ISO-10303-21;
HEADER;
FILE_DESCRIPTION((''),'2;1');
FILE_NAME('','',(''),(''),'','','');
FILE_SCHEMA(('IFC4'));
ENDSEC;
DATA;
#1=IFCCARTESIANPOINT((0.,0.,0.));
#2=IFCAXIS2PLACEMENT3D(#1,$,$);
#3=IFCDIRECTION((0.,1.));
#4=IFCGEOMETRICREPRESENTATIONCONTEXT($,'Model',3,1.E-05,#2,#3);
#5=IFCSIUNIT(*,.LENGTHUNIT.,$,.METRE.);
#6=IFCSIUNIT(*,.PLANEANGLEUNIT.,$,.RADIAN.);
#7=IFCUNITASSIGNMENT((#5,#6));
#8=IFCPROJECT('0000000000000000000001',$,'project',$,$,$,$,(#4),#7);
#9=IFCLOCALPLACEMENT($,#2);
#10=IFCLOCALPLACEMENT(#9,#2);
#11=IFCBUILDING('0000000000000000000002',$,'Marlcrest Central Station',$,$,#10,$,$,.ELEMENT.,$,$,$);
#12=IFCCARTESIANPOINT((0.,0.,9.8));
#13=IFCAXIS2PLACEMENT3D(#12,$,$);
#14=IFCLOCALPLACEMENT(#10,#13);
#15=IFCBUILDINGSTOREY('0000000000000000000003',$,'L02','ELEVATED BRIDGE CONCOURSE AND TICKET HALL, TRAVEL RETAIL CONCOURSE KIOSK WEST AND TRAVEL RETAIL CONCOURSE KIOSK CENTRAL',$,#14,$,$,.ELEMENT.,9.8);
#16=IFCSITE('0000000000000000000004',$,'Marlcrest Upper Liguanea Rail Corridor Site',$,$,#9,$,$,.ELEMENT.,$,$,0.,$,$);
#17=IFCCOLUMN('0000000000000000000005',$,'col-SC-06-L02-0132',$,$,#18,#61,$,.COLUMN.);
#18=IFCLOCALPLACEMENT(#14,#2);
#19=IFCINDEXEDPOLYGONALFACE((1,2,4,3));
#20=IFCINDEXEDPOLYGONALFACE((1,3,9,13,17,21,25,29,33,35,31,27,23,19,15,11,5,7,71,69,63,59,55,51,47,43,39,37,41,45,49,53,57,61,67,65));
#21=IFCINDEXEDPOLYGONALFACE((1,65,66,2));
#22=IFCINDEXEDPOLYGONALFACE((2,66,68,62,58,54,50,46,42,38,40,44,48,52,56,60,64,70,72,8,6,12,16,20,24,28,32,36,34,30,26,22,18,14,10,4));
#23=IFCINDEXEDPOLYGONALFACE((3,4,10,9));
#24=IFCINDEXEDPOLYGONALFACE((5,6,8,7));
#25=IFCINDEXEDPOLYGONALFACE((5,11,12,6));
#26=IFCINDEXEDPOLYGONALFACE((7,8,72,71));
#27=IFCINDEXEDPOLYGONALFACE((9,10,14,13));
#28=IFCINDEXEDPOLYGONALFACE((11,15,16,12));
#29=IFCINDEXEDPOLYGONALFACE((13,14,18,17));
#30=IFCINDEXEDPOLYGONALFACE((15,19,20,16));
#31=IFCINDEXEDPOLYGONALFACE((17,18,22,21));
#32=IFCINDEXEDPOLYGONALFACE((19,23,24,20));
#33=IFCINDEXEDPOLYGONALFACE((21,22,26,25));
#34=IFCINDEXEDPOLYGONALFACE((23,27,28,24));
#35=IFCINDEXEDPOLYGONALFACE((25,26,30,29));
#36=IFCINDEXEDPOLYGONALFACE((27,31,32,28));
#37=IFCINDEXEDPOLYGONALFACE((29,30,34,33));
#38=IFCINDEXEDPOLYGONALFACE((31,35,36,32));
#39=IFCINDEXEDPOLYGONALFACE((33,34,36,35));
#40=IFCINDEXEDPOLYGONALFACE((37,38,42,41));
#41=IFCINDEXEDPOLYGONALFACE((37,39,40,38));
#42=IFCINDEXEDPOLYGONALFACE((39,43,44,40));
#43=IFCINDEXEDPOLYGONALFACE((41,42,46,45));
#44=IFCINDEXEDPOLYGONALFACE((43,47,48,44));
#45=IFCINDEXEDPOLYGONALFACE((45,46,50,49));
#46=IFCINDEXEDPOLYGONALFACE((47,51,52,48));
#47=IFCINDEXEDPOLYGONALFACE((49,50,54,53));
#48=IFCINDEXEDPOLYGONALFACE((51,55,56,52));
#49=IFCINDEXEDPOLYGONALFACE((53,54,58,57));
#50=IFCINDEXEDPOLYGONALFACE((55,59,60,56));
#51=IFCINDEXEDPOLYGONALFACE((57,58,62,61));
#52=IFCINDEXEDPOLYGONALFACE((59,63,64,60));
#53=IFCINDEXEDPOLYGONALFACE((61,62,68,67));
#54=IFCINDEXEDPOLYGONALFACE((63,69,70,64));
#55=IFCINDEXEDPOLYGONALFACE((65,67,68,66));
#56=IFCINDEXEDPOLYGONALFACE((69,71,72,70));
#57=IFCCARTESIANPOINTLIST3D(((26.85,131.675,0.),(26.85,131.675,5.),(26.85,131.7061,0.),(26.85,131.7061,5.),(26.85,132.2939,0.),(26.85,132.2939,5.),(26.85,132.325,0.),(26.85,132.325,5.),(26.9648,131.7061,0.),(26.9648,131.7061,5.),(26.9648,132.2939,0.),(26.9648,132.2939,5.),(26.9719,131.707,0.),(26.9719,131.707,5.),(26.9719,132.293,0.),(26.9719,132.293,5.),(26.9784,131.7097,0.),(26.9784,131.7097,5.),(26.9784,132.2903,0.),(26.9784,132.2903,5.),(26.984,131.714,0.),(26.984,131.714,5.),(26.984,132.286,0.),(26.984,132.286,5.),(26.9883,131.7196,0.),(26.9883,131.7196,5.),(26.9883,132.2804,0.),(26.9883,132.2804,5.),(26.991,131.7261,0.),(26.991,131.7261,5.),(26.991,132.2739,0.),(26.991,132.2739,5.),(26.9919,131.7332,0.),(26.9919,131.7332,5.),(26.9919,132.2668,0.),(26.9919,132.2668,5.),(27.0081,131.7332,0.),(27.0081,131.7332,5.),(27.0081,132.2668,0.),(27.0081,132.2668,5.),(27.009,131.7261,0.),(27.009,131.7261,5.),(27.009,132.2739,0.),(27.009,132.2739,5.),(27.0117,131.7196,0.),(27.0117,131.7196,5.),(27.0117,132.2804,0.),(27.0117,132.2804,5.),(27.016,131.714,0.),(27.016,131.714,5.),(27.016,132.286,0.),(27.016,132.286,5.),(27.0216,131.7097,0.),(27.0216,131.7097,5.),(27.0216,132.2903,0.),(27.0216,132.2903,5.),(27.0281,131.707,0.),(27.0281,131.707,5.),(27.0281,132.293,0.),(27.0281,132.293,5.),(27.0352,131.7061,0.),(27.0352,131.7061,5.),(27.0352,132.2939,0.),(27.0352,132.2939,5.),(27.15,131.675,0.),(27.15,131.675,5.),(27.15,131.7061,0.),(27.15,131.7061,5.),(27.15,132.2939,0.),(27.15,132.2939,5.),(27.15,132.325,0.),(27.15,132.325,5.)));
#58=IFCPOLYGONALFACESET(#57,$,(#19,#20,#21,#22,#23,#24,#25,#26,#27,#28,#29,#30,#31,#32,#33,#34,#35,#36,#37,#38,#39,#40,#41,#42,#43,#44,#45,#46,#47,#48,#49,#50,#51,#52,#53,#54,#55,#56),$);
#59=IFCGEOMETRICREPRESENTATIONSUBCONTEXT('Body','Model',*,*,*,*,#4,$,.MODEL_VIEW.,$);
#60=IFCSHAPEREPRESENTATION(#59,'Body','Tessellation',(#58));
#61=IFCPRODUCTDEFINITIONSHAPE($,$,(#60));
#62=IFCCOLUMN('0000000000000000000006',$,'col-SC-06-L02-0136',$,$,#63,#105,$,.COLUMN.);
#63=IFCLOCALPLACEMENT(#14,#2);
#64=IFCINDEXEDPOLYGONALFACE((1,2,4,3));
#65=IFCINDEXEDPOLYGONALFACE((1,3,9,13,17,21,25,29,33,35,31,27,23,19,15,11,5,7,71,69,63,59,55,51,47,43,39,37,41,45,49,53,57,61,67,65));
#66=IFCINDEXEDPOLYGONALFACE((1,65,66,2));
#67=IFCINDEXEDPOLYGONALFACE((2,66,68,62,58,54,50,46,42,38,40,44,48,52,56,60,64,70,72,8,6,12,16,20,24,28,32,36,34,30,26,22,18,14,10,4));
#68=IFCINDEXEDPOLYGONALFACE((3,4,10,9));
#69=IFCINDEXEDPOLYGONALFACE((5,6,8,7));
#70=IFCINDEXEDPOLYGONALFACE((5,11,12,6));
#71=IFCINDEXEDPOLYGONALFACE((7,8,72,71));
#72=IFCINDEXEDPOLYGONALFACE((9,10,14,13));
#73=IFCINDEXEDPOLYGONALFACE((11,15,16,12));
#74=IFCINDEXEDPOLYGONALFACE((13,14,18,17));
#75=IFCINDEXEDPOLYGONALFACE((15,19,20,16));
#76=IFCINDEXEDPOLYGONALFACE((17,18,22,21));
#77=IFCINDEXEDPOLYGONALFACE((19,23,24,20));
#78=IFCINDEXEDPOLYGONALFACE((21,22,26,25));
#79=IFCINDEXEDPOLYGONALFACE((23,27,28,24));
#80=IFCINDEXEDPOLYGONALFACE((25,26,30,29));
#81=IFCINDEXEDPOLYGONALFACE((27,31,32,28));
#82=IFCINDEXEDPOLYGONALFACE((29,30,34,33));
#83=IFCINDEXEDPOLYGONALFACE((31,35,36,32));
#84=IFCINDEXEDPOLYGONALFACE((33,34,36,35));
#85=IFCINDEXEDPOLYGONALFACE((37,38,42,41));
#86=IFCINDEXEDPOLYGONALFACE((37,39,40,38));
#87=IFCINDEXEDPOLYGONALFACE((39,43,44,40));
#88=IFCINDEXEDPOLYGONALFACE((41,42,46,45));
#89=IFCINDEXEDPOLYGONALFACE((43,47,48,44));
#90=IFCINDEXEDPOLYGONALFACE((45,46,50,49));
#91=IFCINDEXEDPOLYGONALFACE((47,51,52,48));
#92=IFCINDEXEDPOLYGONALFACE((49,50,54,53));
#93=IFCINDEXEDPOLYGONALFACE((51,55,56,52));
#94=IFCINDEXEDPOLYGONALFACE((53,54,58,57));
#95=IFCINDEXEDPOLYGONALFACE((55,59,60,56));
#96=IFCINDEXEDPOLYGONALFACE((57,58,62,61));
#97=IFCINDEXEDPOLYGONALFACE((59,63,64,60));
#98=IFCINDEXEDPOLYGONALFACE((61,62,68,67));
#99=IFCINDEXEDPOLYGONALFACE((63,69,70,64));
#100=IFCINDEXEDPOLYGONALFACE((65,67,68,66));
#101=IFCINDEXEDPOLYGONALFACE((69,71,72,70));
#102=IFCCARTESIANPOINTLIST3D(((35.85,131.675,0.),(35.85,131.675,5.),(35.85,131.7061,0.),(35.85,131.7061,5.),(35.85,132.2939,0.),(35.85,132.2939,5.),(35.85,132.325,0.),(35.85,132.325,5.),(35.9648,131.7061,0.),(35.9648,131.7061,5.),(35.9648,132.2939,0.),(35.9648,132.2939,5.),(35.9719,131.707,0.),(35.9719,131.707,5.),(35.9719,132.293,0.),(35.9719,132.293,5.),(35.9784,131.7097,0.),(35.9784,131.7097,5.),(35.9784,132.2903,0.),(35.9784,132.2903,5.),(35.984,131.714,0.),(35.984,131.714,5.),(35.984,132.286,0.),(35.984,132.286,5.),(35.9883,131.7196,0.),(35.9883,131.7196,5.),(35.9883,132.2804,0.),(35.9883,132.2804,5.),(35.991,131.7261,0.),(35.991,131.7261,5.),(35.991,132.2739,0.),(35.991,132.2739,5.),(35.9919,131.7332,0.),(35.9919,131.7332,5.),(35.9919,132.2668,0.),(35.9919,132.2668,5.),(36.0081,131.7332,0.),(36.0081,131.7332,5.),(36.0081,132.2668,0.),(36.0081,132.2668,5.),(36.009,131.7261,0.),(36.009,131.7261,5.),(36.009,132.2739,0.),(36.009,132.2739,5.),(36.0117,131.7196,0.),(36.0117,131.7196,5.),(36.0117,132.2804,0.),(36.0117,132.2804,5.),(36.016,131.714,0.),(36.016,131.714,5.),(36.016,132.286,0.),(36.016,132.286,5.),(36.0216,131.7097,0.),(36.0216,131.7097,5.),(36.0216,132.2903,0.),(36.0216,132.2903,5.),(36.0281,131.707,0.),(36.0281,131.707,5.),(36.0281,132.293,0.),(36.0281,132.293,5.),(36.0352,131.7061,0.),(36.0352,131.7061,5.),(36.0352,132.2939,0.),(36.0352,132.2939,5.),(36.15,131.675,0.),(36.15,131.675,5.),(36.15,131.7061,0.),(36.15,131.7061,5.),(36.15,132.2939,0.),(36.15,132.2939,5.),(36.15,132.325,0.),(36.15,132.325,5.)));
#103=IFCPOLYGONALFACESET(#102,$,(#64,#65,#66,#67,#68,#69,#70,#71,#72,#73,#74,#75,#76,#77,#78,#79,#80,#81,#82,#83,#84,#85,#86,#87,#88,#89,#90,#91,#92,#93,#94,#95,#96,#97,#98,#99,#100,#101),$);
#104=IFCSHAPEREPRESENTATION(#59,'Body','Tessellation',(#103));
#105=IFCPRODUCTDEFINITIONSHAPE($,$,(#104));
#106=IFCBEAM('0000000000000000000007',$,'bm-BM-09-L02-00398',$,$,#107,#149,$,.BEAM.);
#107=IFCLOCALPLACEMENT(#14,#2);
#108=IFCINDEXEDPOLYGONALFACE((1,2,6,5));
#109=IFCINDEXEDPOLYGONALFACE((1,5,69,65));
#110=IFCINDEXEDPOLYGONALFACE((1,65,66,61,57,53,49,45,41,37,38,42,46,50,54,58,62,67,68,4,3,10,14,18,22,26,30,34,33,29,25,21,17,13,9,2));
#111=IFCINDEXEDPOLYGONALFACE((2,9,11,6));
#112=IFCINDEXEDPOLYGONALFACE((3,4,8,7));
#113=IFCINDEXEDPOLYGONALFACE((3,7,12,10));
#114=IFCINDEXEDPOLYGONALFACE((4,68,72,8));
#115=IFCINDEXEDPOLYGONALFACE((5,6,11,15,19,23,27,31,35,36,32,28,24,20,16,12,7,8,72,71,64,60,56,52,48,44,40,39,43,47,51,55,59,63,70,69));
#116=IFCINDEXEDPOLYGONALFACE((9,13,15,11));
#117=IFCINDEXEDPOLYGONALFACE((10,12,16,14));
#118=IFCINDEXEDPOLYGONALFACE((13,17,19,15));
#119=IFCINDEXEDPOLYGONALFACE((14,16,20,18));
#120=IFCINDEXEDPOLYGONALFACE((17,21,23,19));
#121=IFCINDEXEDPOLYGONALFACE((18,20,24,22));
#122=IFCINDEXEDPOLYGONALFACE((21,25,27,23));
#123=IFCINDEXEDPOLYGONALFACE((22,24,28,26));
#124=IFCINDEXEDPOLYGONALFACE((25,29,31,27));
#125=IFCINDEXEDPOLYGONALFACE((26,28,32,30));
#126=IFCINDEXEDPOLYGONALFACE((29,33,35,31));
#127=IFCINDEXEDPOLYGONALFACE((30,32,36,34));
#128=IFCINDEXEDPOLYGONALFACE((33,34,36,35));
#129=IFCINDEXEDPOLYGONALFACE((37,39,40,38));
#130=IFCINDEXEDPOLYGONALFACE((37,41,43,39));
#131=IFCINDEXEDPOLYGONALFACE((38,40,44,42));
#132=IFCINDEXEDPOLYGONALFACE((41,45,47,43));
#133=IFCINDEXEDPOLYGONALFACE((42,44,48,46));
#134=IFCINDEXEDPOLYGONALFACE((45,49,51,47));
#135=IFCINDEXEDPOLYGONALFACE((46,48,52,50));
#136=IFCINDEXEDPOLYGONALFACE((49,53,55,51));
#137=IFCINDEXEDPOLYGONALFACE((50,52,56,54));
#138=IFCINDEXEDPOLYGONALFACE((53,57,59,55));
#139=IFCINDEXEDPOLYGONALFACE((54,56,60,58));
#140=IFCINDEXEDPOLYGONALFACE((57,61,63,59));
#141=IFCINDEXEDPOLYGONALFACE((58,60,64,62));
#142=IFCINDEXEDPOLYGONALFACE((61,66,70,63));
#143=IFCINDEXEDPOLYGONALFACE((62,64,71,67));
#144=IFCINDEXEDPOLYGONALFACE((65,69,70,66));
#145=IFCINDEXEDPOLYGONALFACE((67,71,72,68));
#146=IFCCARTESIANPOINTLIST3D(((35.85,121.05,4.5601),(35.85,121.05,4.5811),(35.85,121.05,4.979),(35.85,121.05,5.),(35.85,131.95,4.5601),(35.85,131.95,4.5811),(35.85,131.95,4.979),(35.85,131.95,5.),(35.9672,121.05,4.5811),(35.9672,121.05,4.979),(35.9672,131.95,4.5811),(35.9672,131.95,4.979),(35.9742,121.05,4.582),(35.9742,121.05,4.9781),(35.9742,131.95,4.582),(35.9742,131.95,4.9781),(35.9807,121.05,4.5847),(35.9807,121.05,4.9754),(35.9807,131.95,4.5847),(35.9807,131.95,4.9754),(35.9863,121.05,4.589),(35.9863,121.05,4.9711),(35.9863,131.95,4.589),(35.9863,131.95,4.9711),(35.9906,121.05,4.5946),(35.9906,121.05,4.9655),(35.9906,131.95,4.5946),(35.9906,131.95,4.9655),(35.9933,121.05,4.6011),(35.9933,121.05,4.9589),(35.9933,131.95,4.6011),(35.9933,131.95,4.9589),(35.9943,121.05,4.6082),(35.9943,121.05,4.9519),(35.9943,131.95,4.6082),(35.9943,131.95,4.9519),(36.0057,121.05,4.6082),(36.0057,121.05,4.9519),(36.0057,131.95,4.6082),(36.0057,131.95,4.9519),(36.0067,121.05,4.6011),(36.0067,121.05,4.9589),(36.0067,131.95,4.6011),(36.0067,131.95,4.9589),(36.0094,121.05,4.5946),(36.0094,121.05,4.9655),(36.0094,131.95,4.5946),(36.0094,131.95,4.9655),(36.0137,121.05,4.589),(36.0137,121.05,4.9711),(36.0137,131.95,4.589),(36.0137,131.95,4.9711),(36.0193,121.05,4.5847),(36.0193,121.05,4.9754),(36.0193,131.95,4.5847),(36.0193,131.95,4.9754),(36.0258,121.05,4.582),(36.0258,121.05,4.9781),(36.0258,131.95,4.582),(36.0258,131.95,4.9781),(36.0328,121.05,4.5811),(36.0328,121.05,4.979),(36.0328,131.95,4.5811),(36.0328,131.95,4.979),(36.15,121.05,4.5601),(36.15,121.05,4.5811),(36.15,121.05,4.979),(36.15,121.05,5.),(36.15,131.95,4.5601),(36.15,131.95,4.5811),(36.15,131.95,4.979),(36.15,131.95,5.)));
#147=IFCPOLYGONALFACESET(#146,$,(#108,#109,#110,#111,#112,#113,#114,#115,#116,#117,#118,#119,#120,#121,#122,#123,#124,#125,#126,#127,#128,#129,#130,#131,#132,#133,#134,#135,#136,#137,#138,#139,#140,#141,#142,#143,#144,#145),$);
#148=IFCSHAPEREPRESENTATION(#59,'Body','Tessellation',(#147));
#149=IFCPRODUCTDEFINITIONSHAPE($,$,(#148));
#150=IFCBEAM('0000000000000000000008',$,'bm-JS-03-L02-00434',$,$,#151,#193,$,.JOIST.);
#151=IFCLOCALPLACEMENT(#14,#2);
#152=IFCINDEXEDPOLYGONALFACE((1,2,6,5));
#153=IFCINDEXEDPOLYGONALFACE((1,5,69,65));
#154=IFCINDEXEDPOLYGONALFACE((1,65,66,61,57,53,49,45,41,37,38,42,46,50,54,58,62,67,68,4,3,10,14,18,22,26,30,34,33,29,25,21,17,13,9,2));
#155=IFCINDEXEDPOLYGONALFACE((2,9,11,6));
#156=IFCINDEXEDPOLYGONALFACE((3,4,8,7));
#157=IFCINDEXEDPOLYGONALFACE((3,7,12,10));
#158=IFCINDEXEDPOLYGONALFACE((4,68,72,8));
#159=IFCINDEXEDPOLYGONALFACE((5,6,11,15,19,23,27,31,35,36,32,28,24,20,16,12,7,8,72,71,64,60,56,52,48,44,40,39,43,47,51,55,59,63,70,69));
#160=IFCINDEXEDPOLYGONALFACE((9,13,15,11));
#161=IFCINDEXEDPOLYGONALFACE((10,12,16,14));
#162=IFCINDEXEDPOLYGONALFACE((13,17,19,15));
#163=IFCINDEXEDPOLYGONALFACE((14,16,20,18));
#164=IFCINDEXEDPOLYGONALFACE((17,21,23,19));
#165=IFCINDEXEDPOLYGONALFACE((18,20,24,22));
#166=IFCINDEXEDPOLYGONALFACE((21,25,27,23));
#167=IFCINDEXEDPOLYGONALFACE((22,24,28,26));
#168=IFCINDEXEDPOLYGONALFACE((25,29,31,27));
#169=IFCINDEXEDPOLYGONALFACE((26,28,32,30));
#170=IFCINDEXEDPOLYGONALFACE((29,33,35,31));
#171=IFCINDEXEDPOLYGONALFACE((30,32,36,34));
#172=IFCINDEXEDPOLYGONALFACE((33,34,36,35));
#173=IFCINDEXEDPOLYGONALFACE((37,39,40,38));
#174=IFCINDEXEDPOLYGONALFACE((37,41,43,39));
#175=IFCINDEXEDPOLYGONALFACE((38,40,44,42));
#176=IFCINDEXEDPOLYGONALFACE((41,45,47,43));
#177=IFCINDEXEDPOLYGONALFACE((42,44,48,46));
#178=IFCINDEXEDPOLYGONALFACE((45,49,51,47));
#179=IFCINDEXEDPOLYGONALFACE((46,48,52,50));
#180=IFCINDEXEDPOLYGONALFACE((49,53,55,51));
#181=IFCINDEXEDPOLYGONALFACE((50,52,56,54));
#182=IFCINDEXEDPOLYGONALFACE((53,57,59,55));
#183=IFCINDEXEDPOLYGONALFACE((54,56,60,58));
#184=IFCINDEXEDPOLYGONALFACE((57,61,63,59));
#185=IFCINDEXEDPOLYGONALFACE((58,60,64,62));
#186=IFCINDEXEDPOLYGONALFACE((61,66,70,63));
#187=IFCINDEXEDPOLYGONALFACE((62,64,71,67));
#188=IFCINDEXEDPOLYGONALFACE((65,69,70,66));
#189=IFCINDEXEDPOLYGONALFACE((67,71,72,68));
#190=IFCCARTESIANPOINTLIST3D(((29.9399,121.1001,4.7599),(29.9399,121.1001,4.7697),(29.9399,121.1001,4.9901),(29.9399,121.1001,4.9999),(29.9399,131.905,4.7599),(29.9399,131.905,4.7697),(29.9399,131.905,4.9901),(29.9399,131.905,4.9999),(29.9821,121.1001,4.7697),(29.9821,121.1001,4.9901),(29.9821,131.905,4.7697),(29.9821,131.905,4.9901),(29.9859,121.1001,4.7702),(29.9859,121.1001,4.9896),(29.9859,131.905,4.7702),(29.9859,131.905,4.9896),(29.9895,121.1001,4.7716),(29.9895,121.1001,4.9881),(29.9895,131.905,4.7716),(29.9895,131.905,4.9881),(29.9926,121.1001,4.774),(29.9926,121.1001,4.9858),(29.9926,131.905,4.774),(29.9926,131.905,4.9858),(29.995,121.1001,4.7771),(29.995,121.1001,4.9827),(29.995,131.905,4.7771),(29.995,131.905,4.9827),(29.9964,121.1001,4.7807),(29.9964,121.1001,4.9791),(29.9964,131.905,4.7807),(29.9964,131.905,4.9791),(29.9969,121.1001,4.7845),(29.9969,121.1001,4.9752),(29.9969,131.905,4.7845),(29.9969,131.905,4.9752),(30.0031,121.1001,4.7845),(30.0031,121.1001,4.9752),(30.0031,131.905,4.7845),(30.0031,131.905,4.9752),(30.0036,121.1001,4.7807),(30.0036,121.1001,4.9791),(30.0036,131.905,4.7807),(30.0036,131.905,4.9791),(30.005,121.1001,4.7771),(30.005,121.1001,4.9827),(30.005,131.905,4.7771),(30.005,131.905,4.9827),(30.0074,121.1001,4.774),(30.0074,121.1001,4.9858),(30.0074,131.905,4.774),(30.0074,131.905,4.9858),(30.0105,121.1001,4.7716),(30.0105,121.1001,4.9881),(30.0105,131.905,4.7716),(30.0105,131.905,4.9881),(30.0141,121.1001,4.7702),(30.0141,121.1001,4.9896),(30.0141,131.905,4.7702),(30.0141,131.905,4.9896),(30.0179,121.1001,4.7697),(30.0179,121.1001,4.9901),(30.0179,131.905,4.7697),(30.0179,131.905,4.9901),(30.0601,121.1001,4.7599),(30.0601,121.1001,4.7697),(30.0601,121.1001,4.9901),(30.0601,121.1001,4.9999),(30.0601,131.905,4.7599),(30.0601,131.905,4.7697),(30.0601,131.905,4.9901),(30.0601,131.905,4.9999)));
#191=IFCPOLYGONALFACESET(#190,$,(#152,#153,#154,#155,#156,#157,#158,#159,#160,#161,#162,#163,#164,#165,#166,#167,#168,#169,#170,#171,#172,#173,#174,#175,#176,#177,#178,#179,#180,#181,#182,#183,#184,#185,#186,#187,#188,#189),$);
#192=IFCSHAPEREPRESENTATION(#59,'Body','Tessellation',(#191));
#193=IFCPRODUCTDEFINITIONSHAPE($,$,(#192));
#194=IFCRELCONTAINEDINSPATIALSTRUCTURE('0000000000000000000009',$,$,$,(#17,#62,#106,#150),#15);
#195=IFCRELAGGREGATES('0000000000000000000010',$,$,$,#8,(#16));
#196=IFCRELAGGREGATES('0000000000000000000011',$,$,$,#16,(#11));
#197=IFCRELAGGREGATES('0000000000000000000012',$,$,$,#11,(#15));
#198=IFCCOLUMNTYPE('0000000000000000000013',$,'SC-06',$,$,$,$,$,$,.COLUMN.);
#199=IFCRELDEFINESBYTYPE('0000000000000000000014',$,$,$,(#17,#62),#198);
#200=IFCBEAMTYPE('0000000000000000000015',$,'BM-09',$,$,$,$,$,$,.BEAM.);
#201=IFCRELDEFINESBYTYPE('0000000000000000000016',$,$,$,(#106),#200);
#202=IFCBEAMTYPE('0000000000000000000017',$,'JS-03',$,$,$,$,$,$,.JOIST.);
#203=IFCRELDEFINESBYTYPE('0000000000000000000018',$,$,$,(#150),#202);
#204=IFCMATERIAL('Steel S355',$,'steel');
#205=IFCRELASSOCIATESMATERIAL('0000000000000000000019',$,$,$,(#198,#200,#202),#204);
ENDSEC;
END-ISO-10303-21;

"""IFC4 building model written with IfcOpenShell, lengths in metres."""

from ifc_helpers import new_model, si_unit, direction, frame, origin, origin_2d, place, context, subcontext, project, spatial, i_section, extrude, material, material_profile, profile_set, type_object, element, save


model = new_model("IFC4")

# Units and contexts
model_context = context("Model", 3, precision=1e-05, world=origin(), true_north=direction((0.0, 1.0)))
body_context = subcontext(model_context, "Body", "Model", "MODEL_VIEW")
ifc_project = project(units=[si_unit("LENGTHUNIT", "METRE"), si_unit("PLANEANGLEUNIT", "RADIAN")], contexts=[model_context])

# Site, building, storey
site_placement = place(None, origin())
site = spatial("IfcSite", under=ifc_project, at=site_placement, Name="Marlcrest Upper Liguanea Rail Corridor Site", CompositionType="ELEMENT", RefElevation=0.0)
building_placement = place(site_placement, origin())
building = spatial("IfcBuilding", under=site, at=building_placement, Name="Marlcrest Central Station", CompositionType="ELEMENT")
storey_placement = place(building_placement, frame((0.0, 0.0, 9.8)))
storey = spatial("IfcBuildingStorey", under=building, at=storey_placement, Name="L02", Description="ELEVATED BRIDGE CONCOURSE AND TICKET HALL, TRAVEL RETAIL CONCOURSE KIOSK WEST AND TRAVEL RETAIL CONCOURSE KIOSK CENTRAL", CompositionType="ELEMENT", Elevation=9.8)

# Columns
ifc_material_1 = material(Name="Steel S355", Category="steel")
ifc_material_profile_1 = material_profile(ifc_material_1, i_section(OverallWidth=0.3, OverallDepth=0.6499, WebThickness=0.0161, FlangeThickness=0.031, FilletRadius=0.0271, at=origin_2d()), Name="HEB 650")
ifc_profile_set_1 = profile_set([ifc_material_profile_1], Name="Steel S355")
column_type = type_object("IfcColumnType", Name="SC-06", PredefinedType="COLUMN", material=ifc_profile_set_1)
for number, where, z_axis, x_axis, name in (
    (1, (27.0, 132.0, 0.0), (0.0, 0.0, 1.0), (1.0, 0.0, 0.0), "col-SC-06-L02-0132"),
    (2, (36.0, 132.0, 0.0), (0.0, 0.0, 1.0), (1.0, 0.0, 0.0), "col-SC-06-L02-0136"),
):
    element("IfcColumn", number, at=place(storey_placement, frame(where, z_axis=z_axis, x_axis=x_axis)), inside=storey, type_object=column_type, Name=name, PredefinedType="COLUMN", context=body_context, shape_type="SweptSolid", body=[
        extrude(i_section(OverallWidth=0.3, OverallDepth=0.6499, WebThickness=0.0161, FlangeThickness=0.031, FilletRadius=0.0271, at=origin_2d()), origin(), (0.0, 0.0, 1.0), 5.0),
    ])

# Beams
ifc_material_profile_2 = material_profile(ifc_material_1, i_section(OverallWidth=0.3, OverallDepth=0.4399, WebThickness=0.0115, FlangeThickness=0.021, FilletRadius=0.0271, at=origin_2d()), Name="HEA 450")
ifc_profile_set_2 = profile_set([ifc_material_profile_2], Name="Steel S355")
beam_type_1 = type_object("IfcBeamType", Name="BM-09", PredefinedType="BEAM", material=ifc_profile_set_2)
beam_placement = place(storey_placement, frame((36.0, 121.05, 4.78), z_axis=(0.0, 1.0, 0.0), x_axis=(-1.0, 0.0, 0.0)))
element("IfcBeam", 3, at=beam_placement, inside=storey, type_object=beam_type_1, Name="bm-BM-09-L02-00398", PredefinedType="BEAM", context=body_context, shape_type="SweptSolid", body=[
    extrude(i_section(OverallWidth=0.3, OverallDepth=0.4399, WebThickness=0.0115, FlangeThickness=0.021, FilletRadius=0.0271, at=origin_2d()), origin(), (0.0, 0.0, 1.0), 10.8999),
])
ifc_material_profile_3 = material_profile(ifc_material_1, i_section(OverallWidth=0.1201, OverallDepth=0.24, WebThickness=0.0061, FlangeThickness=0.0098, FilletRadius=0.0149, at=origin_2d()), Name="IPE 240")
ifc_profile_set_3 = profile_set([ifc_material_profile_3], Name="Steel S355")
beam_type_2 = type_object("IfcBeamType", Name="JS-03", PredefinedType="JOIST", material=ifc_profile_set_3)
for number, where, z_axis, x_axis, name in (
    (4, (30.0, 121.1001, 4.8799), (0.0, 1.0, 0.0), (-1.0, 0.0, 0.0), "bm-JS-03-L02-00434"),
):
    element("IfcBeam", number, at=place(storey_placement, frame(where, z_axis=z_axis, x_axis=x_axis)), inside=storey, type_object=beam_type_2, Name=name, PredefinedType="JOIST", context=body_context, shape_type="SweptSolid", body=[
        extrude(i_section(OverallWidth=0.1201, OverallDepth=0.24, WebThickness=0.0061, FlangeThickness=0.0098, FilletRadius=0.0149, at=origin_2d()), origin(), (0.0, 0.0, 1.0), 10.8049),
    ])

save(model, "model.ifc")
